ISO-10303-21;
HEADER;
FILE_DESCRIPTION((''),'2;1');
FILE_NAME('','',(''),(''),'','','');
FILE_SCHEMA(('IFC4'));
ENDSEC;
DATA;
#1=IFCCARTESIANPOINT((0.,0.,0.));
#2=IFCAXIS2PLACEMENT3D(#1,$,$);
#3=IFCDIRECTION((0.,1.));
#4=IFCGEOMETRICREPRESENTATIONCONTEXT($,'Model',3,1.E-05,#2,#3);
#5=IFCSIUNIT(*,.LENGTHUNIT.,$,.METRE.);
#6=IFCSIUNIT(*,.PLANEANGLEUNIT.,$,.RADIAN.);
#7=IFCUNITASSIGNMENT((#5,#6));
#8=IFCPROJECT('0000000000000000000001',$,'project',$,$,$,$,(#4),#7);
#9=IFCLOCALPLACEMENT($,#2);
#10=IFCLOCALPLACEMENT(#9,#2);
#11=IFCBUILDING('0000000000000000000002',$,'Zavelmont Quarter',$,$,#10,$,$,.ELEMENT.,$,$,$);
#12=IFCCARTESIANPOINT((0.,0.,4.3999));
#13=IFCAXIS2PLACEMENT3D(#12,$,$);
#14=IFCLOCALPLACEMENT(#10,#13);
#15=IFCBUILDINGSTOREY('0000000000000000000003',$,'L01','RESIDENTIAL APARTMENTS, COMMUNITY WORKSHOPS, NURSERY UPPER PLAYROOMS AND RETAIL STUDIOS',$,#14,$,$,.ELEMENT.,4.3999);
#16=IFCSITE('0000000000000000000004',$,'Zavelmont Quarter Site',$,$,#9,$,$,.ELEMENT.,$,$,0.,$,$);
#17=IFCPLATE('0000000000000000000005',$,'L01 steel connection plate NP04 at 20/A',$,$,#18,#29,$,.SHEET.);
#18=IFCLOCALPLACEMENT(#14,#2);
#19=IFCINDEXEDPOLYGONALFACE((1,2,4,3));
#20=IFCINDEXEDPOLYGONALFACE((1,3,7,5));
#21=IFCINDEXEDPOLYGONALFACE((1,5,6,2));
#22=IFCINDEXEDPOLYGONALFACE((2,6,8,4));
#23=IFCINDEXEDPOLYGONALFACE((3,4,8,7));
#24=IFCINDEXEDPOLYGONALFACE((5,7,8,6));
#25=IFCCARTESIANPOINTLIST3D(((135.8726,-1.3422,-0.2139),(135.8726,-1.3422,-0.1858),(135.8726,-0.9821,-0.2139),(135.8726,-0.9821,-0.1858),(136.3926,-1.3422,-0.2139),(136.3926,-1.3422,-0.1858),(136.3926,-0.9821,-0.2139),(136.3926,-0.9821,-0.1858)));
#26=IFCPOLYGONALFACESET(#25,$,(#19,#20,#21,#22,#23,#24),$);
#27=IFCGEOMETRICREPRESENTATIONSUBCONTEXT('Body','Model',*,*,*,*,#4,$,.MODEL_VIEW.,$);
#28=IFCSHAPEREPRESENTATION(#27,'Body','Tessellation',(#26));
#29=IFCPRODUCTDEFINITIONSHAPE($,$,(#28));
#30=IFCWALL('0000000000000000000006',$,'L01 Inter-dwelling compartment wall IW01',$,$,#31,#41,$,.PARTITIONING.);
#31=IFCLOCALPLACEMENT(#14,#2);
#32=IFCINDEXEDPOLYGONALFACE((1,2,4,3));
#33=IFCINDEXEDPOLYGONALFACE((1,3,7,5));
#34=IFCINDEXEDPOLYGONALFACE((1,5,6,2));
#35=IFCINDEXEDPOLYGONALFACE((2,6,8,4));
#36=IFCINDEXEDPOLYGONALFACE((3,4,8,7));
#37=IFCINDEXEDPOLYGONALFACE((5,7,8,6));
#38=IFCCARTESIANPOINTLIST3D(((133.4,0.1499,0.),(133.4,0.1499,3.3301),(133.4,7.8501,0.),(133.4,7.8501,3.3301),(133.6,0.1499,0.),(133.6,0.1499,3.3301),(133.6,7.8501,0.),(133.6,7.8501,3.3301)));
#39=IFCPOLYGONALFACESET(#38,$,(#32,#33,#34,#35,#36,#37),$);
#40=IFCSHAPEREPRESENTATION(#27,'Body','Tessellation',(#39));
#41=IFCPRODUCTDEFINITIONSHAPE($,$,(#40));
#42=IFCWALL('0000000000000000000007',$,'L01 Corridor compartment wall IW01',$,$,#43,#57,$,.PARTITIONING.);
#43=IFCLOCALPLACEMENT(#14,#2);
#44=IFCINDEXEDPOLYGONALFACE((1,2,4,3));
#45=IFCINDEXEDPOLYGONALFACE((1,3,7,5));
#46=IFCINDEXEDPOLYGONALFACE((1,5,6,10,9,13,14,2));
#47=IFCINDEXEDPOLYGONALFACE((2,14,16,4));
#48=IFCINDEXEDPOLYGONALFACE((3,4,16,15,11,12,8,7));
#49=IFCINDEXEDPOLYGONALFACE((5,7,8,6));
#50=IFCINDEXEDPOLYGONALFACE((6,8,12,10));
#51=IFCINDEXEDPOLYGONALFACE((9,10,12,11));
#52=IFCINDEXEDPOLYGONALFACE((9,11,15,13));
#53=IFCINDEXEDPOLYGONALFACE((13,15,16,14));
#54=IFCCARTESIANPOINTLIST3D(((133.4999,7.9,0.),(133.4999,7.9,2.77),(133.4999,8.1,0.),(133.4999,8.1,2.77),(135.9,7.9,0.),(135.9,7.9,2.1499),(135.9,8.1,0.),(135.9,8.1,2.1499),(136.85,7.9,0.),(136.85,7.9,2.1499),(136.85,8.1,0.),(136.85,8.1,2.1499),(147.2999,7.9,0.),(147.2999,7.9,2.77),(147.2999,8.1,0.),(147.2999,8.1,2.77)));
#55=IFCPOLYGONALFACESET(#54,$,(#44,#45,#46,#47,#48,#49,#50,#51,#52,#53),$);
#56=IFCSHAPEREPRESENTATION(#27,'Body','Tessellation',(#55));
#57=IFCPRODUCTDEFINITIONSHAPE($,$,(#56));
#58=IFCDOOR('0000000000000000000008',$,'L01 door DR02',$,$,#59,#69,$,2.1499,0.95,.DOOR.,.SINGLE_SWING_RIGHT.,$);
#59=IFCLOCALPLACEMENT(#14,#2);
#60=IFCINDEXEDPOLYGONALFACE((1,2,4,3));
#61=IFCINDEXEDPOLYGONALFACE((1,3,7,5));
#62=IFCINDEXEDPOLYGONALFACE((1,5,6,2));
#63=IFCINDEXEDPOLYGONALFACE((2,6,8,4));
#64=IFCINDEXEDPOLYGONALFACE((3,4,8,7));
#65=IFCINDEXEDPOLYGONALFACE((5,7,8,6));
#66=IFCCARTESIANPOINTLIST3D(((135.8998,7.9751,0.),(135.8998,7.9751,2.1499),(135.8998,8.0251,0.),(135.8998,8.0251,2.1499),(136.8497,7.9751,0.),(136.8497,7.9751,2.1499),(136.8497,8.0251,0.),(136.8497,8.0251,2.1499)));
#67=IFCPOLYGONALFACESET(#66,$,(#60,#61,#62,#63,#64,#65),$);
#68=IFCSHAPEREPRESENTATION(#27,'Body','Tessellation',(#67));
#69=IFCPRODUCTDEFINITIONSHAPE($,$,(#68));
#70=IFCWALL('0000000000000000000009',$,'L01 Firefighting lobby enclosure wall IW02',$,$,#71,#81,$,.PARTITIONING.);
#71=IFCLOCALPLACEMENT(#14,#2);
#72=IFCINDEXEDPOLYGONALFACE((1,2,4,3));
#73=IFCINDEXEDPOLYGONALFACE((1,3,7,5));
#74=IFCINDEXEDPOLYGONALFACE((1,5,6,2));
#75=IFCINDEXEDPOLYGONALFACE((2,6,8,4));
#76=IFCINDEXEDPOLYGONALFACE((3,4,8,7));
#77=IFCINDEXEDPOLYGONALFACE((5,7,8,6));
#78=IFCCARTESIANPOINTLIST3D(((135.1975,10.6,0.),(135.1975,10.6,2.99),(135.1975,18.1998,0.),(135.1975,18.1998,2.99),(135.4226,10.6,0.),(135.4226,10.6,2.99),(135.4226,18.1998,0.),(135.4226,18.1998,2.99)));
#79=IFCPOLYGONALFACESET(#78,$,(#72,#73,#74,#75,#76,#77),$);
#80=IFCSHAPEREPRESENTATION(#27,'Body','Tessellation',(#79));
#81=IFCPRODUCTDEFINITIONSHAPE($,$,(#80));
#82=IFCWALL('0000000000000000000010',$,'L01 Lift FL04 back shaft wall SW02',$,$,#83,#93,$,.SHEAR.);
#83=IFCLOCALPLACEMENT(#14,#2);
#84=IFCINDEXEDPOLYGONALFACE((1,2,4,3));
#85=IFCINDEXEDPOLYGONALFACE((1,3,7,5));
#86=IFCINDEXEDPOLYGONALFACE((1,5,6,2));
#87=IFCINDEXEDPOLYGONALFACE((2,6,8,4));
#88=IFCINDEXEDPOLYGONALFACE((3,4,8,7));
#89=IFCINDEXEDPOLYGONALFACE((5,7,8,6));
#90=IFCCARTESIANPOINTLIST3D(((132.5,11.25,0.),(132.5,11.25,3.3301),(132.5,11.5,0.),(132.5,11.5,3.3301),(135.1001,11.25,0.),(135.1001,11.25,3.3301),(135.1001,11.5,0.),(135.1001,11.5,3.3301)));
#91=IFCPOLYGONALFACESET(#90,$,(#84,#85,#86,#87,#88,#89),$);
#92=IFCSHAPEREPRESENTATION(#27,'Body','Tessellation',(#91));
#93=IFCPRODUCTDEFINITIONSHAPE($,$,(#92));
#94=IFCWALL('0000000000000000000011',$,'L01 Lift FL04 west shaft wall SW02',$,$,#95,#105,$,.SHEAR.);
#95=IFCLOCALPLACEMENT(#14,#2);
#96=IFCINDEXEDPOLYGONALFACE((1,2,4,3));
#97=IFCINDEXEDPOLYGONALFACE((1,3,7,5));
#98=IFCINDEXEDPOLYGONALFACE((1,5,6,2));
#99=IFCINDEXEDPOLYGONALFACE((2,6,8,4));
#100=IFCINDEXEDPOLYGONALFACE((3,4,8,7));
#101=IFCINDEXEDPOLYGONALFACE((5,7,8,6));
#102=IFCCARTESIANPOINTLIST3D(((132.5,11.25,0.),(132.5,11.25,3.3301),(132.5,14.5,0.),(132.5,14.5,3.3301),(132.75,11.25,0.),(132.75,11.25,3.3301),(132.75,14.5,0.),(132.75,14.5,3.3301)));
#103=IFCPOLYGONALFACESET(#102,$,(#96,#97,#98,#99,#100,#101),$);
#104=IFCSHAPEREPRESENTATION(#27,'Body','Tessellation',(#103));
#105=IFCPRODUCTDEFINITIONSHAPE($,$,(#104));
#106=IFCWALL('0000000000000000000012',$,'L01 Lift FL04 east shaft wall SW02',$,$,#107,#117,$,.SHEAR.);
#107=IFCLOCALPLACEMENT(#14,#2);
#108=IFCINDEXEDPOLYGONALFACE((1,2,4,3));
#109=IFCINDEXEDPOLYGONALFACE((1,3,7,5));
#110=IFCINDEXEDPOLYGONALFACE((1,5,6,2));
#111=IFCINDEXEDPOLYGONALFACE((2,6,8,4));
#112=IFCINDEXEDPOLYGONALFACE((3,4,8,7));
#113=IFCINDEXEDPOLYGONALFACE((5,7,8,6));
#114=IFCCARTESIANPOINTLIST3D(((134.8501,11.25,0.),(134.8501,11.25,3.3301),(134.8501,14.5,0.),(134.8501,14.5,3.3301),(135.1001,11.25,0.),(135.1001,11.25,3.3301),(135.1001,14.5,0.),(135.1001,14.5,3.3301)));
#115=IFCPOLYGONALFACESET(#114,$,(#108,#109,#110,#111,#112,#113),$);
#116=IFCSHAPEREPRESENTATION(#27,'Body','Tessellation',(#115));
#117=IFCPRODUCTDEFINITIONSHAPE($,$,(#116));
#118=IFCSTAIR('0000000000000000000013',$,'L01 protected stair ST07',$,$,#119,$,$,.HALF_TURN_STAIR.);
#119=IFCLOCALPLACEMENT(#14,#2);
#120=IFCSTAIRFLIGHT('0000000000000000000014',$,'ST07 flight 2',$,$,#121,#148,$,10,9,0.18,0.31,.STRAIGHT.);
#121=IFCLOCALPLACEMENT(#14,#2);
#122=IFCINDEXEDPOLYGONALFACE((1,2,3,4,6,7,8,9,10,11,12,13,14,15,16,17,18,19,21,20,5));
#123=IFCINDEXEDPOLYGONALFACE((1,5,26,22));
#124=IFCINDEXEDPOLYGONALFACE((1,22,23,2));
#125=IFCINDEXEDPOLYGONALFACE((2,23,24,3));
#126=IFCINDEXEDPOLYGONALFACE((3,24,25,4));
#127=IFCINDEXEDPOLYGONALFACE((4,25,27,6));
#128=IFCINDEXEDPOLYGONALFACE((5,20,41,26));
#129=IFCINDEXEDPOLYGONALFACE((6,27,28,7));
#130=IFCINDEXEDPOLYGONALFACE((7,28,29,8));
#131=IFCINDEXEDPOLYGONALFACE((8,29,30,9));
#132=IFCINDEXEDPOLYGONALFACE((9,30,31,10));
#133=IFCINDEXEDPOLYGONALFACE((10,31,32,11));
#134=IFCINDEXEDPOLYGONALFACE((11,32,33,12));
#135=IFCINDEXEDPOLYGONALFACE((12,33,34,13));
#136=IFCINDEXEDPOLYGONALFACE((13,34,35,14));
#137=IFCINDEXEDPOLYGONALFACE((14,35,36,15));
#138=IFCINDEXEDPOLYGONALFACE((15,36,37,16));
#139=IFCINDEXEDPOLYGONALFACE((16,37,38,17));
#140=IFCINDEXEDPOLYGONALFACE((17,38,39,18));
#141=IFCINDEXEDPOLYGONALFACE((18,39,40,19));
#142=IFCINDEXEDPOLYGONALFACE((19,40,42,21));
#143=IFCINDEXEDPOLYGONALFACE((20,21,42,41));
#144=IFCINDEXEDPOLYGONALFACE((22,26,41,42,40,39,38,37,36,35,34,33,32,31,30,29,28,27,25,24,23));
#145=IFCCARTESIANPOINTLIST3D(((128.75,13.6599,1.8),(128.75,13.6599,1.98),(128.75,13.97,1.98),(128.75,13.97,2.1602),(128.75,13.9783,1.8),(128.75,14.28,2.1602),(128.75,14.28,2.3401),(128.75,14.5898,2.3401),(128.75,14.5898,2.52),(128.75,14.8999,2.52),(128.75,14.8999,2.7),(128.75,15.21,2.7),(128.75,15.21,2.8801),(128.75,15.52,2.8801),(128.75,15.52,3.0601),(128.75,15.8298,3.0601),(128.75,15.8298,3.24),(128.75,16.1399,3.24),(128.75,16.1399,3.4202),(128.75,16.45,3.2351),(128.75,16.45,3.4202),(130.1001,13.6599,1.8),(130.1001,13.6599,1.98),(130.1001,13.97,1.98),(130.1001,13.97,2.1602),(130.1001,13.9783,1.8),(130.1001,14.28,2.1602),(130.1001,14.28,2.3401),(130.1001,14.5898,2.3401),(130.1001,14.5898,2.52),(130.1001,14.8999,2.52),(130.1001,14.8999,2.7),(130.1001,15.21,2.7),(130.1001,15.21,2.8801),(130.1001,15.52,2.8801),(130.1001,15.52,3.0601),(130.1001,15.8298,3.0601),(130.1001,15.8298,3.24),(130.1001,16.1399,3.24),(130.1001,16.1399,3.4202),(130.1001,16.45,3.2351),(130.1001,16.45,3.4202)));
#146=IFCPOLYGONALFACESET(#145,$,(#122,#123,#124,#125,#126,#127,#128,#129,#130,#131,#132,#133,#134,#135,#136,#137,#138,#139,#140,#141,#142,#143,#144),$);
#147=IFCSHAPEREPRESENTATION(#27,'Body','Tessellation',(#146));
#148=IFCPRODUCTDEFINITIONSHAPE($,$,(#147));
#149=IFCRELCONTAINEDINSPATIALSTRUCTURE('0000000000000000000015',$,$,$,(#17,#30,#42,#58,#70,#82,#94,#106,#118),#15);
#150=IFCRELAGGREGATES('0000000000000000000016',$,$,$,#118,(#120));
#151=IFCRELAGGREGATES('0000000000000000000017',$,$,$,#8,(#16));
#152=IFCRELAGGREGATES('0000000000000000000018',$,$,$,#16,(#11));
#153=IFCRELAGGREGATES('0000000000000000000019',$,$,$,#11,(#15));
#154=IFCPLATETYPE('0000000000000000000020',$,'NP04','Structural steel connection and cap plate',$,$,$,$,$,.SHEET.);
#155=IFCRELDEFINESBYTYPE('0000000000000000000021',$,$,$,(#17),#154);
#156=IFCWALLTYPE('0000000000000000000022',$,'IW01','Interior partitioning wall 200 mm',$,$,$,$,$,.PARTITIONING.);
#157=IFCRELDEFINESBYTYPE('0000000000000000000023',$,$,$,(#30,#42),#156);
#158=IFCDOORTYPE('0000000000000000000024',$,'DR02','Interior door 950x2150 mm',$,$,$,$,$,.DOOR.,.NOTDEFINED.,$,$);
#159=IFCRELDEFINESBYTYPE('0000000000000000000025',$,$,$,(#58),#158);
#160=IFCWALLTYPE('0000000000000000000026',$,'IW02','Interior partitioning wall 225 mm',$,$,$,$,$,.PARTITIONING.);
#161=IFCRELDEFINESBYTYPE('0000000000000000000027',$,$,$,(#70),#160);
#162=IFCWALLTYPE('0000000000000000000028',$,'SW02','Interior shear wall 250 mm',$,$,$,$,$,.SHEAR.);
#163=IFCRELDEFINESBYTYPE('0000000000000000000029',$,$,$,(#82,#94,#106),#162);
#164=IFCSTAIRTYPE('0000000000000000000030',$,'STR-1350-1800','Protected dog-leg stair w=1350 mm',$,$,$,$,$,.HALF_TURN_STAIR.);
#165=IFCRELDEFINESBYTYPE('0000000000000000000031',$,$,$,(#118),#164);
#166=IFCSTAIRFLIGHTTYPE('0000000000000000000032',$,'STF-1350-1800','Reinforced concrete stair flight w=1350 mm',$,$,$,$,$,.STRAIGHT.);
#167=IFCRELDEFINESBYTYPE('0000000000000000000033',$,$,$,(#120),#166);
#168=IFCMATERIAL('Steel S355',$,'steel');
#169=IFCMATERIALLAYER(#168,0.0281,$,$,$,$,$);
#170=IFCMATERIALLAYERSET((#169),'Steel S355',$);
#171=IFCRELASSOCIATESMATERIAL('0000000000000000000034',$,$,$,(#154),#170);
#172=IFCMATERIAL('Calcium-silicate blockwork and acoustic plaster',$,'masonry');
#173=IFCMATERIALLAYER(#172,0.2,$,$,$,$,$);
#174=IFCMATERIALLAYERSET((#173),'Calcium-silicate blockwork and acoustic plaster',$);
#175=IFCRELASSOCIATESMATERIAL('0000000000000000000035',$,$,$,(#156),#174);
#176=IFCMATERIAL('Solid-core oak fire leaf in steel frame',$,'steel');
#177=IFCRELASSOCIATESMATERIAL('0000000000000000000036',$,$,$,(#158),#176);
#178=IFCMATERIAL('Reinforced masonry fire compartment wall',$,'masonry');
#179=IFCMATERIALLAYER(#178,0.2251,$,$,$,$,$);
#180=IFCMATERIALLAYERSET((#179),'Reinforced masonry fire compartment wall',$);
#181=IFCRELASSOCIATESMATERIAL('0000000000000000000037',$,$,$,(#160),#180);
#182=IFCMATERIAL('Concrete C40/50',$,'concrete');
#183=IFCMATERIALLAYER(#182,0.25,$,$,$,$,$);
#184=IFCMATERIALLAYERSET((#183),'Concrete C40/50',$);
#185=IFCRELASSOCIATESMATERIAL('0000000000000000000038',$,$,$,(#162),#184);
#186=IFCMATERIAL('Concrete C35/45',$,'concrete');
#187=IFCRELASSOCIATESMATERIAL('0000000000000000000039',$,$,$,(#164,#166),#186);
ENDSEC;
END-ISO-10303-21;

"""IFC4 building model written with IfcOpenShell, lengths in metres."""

from ifc_helpers import new_model, si_unit, direction, frame, frame_2d, origin, origin_2d, place, context, subcontext, project, spatial, polyline, rectangle, outline, extrude, material, layer, layer_set, type_object, element, fill, aggregate, save


model = new_model("IFC4")

# Units and contexts
model_context = context("Model", 3, precision=1e-05, world=origin(), true_north=direction((0.0, 1.0)))
body_context = subcontext(model_context, "Body", "Model", "MODEL_VIEW")
ifc_project = project(units=[si_unit("LENGTHUNIT", "METRE"), si_unit("PLANEANGLEUNIT", "RADIAN")], contexts=[model_context])

# Site, building, storey
site_placement = place(None, origin())
site = spatial("IfcSite", under=ifc_project, at=site_placement, Name="Zavelmont Quarter Site", CompositionType="ELEMENT", RefElevation=0.0)
building_placement = place(site_placement, origin())
building = spatial("IfcBuilding", under=site, at=building_placement, Name="Zavelmont Quarter", CompositionType="ELEMENT")
storey_placement = place(building_placement, frame((0.0, 0.0, 4.3999)))
storey = spatial("IfcBuildingStorey", under=building, at=storey_placement, Name="L01", Description="RESIDENTIAL APARTMENTS, COMMUNITY WORKSHOPS, NURSERY UPPER PLAYROOMS AND RETAIL STUDIOS", CompositionType="ELEMENT", Elevation=4.3999)

# Shared definitions
ifc_material_1 = material(Name="Concrete C40/50", Category="concrete")

# Shared definitions
ifc_material_2 = material(Name="Concrete C35/45", Category="concrete")
ifc_material_3 = material(Name="Steel S355", Category="steel")

# Plate
ifc_layer_1 = layer(ifc_material_3, 0.0281)
ifc_layer_set_1 = layer_set([ifc_layer_1], Name="Steel S355")
plate_type = type_object("IfcPlateType", Name="NP04", Description="Structural steel connection and cap plate", PredefinedType="SHEET", material=ifc_layer_set_1)
for number, where, z_axis, x_axis, name in (
    (1, (136.1326, -1.1621, -0.2139), (0.0, 0.0, 1.0), (1.0, 0.0, 0.0), "L01 steel connection plate NP04 at 20/A"),
):
    element("IfcPlate", number, at=place(storey_placement, frame(where, z_axis=z_axis, x_axis=x_axis)), inside=storey, type_object=plate_type, Name=name, PredefinedType="SHEET", context=body_context, shape_type="SweptSolid", body=[
        extrude(rectangle(XDim=0.52, YDim=0.3601, at=origin_2d()), origin(), (0.0, 0.0, 1.0), 0.0281),
    ])

# Wall
ifc_material_4 = material(Name="Calcium-silicate blockwork and acoustic plaster", Category="masonry")
ifc_layer_2 = layer(ifc_material_4, 0.2)
ifc_layer_set_2 = layer_set([ifc_layer_2], Name="Calcium-silicate blockwork and acoustic plaster")
wall_type_1 = type_object("IfcWallType", Name="IW01", Description="Interior partitioning wall 200 mm", PredefinedType="PARTITIONING", material=ifc_layer_set_2)
wall_1_placement = place(storey_placement, frame((133.5, 7.8501, 0.0), z_axis=(0.0, 0.0, 1.0), x_axis=(0.0, -1.0, 0.0)))
element("IfcWall", 2, at=wall_1_placement, inside=storey, type_object=wall_type_1, Name="L01 Inter-dwelling compartment wall IW01", PredefinedType="PARTITIONING", context=body_context, shape_type="SweptSolid", body=[
    extrude(rectangle(XDim=7.7002, YDim=0.2, at=frame_2d((3.8501, 0.0))), origin(), (0.0, 0.0, 1.0), 3.3301),
])

# Wall, opening, door
wall_2_placement = place(storey_placement, frame((133.5, 8.0, 0.0), z_axis=(0.0, 0.0, 1.0), x_axis=(1.0, 0.0, 0.0)))
wall_2 = element("IfcWall", 3, at=wall_2_placement, inside=storey, type_object=wall_type_1, Name="L01 Corridor compartment wall IW01", PredefinedType="PARTITIONING", context=body_context, shape_type="SweptSolid", body=[
    extrude(rectangle(XDim=13.8, YDim=0.2, at=frame_2d((6.8999, 0.0))), origin(), (0.0, 0.0, 1.0), 2.77),
])
opening_1_placement = place(wall_2_placement, frame((2.3999, 0.0, 0.0)))
opening_1 = element("IfcOpeningElement", 4, at=opening_1_placement, cuts=wall_2, PredefinedType="OPENING", context=body_context, shape_type="SweptSolid", body=[
    extrude(rectangle(XDim=0.95, YDim=2.1499, at=frame_2d((0.4751, 1.075))), frame((0.0, 0.1118, 0.0), z_axis=(0.0, -1.0, 0.0), x_axis=(1.0, 0.0, 0.0)), (0.0, 0.0, 1.0), 0.2239),
])
ifc_material_5 = material(Name="Solid-core oak fire leaf in steel frame", Category="steel")
door_type_1 = type_object("IfcDoorType", Name="DR02", Description="Interior door 950x2150 mm", OperationType="NOTDEFINED", PredefinedType="DOOR", material=ifc_material_5)
door_1_placement = place(opening_1_placement, frame((0.95, 0.0, 0.0), z_axis=(0.0, 0.0, 1.0), x_axis=(-1.0, 0.0, 0.0)))
door_1 = element("IfcDoor", 5, at=door_1_placement, inside=storey, type_object=door_type_1, Name="L01 door DR02", OperationType="SINGLE_SWING_RIGHT", OverallHeight=2.1499, OverallWidth=0.95, PredefinedType="DOOR", context=body_context, shape_type="SweptSolid", body=[
    extrude(rectangle(XDim=0.95, YDim=2.1499, at=frame_2d((0.4751, 1.075))), frame((0.0, 0.0249, 0.0), z_axis=(0.0, -1.0, 0.0), x_axis=(1.0, 0.0, 0.0)), (0.0, 0.0, 1.0), 0.05),
])
fill(opening_1, door_1)

# Wall
ifc_material_6 = material(Name="Reinforced masonry fire compartment wall", Category="masonry")
ifc_layer_3 = layer(ifc_material_6, 0.2251)
ifc_layer_set_3 = layer_set([ifc_layer_3], Name="Reinforced masonry fire compartment wall")
wall_type_2 = type_object("IfcWallType", Name="IW02", Description="Interior partitioning wall 225 mm", PredefinedType="PARTITIONING", material=ifc_layer_set_3)
wall_3_placement = place(storey_placement, frame((135.3101, 10.6001, 0.0), z_axis=(0.0, 0.0, 1.0), x_axis=(0.0, 1.0, 0.0)))
element("IfcWall", 6, at=wall_3_placement, inside=storey, type_object=wall_type_2, Name="L01 Firefighting lobby enclosure wall IW02", PredefinedType="PARTITIONING", context=body_context, shape_type="SweptSolid", body=[
    extrude(rectangle(XDim=7.5999, YDim=0.2251, at=frame_2d((3.7998, 0.0))), origin(), (0.0, 0.0, 1.0), 2.99),
])

# Walls
ifc_layer_4 = layer(ifc_material_1, 0.25)
ifc_layer_set_4 = layer_set([ifc_layer_4], Name="Concrete C40/50")
wall_type_3 = type_object("IfcWallType", Name="SW02", Description="Interior shear wall 250 mm", PredefinedType="SHEAR", material=ifc_layer_set_4)
wall_4_placement = place(storey_placement, frame((132.5, 11.375, 0.0), z_axis=(0.0, 0.0, 1.0), x_axis=(1.0, 0.0, 0.0)))
element("IfcWall", 7, at=wall_4_placement, inside=storey, type_object=wall_type_3, Name="L01 Lift FL04 back shaft wall SW02", PredefinedType="SHEAR", context=body_context, shape_type="SweptSolid", body=[
    extrude(rectangle(XDim=2.6001, YDim=0.25, at=frame_2d((1.3, 0.0))), origin(), (0.0, 0.0, 1.0), 3.3301),
])
for number, where, z_axis, x_axis, name in (
    (8, (132.625, 11.25, 0.0), (0.0, 0.0, 1.0), (0.0, 1.0, 0.0), "L01 Lift FL04 west shaft wall SW02"),
    (9, (134.9751, 11.25, 0.0), (0.0, 0.0, 1.0), (0.0, 1.0, 0.0), "L01 Lift FL04 east shaft wall SW02"),
):
    element("IfcWall", number, at=place(storey_placement, frame(where, z_axis=z_axis, x_axis=x_axis)), inside=storey, type_object=wall_type_3, Name=name, PredefinedType="SHEAR", context=body_context, shape_type="SweptSolid", body=[
        extrude(rectangle(XDim=3.25, YDim=0.25, at=frame_2d((1.625, 0.0))), origin(), (0.0, 0.0, 1.0), 3.3301),
    ])

# Stair, stair flight
stair_type = type_object("IfcStairType", Name="STR-1350-1800", Description="Protected dog-leg stair w=1350 mm", PredefinedType="HALF_TURN_STAIR", material=ifc_material_2)
stair_placement = place(storey_placement, origin())
stair = element("IfcStair", 10, at=stair_placement, inside=storey, type_object=stair_type, Name="L01 protected stair ST07", PredefinedType="HALF_TURN_STAIR")
stair_flight_type = type_object("IfcStairFlightType", Name="STF-1350-1800", Description="Reinforced concrete stair flight w=1350 mm", PredefinedType="STRAIGHT", material=ifc_material_2)
stair_flight_placement = place(storey_placement, frame((129.425, 13.6599, 1.8), z_axis=(0.0, 0.0, 1.0), x_axis=(0.0, 1.0, 0.0)))
stair_flight = element("IfcStairFlight", 11, at=stair_flight_placement, type_object=stair_flight_type, Name="ST07 flight 2", NumberOfRisers=10, NumberOfTreads=9, PredefinedType="STRAIGHT", RiserHeight=0.18, TreadLength=0.31, context=body_context, shape_type="SweptSolid", body=[
    extrude(outline(polyline([(0.0, 0.0), (0.0, 0.1799), (0.3101, 0.1799), (0.3101, 0.3601), (0.6201, 0.3601), (0.6201, 0.54), (0.9299, 0.54), (0.9299, 0.72), (1.24, 0.72), (1.24, 0.8999), (1.55, 0.8999), (1.55, 1.0801), (1.8601, 1.0801), (1.8601, 1.26), (2.1699, 1.26), (2.1699, 1.4399), (2.48, 1.4399), (2.48, 1.6201), (2.79, 1.6201), (2.79, 1.8), (2.79, 1.4351), (0.3184, 0.0), (0.0, 0.0)])), frame((0.0, 0.675, 0.0), z_axis=(0.0, -1.0, 0.0), x_axis=(1.0, 0.0, 0.0)), (0.0, 0.0, 1.0), 1.3501),
])
aggregate(stair, [stair_flight])

save(model, "model.ifc")
